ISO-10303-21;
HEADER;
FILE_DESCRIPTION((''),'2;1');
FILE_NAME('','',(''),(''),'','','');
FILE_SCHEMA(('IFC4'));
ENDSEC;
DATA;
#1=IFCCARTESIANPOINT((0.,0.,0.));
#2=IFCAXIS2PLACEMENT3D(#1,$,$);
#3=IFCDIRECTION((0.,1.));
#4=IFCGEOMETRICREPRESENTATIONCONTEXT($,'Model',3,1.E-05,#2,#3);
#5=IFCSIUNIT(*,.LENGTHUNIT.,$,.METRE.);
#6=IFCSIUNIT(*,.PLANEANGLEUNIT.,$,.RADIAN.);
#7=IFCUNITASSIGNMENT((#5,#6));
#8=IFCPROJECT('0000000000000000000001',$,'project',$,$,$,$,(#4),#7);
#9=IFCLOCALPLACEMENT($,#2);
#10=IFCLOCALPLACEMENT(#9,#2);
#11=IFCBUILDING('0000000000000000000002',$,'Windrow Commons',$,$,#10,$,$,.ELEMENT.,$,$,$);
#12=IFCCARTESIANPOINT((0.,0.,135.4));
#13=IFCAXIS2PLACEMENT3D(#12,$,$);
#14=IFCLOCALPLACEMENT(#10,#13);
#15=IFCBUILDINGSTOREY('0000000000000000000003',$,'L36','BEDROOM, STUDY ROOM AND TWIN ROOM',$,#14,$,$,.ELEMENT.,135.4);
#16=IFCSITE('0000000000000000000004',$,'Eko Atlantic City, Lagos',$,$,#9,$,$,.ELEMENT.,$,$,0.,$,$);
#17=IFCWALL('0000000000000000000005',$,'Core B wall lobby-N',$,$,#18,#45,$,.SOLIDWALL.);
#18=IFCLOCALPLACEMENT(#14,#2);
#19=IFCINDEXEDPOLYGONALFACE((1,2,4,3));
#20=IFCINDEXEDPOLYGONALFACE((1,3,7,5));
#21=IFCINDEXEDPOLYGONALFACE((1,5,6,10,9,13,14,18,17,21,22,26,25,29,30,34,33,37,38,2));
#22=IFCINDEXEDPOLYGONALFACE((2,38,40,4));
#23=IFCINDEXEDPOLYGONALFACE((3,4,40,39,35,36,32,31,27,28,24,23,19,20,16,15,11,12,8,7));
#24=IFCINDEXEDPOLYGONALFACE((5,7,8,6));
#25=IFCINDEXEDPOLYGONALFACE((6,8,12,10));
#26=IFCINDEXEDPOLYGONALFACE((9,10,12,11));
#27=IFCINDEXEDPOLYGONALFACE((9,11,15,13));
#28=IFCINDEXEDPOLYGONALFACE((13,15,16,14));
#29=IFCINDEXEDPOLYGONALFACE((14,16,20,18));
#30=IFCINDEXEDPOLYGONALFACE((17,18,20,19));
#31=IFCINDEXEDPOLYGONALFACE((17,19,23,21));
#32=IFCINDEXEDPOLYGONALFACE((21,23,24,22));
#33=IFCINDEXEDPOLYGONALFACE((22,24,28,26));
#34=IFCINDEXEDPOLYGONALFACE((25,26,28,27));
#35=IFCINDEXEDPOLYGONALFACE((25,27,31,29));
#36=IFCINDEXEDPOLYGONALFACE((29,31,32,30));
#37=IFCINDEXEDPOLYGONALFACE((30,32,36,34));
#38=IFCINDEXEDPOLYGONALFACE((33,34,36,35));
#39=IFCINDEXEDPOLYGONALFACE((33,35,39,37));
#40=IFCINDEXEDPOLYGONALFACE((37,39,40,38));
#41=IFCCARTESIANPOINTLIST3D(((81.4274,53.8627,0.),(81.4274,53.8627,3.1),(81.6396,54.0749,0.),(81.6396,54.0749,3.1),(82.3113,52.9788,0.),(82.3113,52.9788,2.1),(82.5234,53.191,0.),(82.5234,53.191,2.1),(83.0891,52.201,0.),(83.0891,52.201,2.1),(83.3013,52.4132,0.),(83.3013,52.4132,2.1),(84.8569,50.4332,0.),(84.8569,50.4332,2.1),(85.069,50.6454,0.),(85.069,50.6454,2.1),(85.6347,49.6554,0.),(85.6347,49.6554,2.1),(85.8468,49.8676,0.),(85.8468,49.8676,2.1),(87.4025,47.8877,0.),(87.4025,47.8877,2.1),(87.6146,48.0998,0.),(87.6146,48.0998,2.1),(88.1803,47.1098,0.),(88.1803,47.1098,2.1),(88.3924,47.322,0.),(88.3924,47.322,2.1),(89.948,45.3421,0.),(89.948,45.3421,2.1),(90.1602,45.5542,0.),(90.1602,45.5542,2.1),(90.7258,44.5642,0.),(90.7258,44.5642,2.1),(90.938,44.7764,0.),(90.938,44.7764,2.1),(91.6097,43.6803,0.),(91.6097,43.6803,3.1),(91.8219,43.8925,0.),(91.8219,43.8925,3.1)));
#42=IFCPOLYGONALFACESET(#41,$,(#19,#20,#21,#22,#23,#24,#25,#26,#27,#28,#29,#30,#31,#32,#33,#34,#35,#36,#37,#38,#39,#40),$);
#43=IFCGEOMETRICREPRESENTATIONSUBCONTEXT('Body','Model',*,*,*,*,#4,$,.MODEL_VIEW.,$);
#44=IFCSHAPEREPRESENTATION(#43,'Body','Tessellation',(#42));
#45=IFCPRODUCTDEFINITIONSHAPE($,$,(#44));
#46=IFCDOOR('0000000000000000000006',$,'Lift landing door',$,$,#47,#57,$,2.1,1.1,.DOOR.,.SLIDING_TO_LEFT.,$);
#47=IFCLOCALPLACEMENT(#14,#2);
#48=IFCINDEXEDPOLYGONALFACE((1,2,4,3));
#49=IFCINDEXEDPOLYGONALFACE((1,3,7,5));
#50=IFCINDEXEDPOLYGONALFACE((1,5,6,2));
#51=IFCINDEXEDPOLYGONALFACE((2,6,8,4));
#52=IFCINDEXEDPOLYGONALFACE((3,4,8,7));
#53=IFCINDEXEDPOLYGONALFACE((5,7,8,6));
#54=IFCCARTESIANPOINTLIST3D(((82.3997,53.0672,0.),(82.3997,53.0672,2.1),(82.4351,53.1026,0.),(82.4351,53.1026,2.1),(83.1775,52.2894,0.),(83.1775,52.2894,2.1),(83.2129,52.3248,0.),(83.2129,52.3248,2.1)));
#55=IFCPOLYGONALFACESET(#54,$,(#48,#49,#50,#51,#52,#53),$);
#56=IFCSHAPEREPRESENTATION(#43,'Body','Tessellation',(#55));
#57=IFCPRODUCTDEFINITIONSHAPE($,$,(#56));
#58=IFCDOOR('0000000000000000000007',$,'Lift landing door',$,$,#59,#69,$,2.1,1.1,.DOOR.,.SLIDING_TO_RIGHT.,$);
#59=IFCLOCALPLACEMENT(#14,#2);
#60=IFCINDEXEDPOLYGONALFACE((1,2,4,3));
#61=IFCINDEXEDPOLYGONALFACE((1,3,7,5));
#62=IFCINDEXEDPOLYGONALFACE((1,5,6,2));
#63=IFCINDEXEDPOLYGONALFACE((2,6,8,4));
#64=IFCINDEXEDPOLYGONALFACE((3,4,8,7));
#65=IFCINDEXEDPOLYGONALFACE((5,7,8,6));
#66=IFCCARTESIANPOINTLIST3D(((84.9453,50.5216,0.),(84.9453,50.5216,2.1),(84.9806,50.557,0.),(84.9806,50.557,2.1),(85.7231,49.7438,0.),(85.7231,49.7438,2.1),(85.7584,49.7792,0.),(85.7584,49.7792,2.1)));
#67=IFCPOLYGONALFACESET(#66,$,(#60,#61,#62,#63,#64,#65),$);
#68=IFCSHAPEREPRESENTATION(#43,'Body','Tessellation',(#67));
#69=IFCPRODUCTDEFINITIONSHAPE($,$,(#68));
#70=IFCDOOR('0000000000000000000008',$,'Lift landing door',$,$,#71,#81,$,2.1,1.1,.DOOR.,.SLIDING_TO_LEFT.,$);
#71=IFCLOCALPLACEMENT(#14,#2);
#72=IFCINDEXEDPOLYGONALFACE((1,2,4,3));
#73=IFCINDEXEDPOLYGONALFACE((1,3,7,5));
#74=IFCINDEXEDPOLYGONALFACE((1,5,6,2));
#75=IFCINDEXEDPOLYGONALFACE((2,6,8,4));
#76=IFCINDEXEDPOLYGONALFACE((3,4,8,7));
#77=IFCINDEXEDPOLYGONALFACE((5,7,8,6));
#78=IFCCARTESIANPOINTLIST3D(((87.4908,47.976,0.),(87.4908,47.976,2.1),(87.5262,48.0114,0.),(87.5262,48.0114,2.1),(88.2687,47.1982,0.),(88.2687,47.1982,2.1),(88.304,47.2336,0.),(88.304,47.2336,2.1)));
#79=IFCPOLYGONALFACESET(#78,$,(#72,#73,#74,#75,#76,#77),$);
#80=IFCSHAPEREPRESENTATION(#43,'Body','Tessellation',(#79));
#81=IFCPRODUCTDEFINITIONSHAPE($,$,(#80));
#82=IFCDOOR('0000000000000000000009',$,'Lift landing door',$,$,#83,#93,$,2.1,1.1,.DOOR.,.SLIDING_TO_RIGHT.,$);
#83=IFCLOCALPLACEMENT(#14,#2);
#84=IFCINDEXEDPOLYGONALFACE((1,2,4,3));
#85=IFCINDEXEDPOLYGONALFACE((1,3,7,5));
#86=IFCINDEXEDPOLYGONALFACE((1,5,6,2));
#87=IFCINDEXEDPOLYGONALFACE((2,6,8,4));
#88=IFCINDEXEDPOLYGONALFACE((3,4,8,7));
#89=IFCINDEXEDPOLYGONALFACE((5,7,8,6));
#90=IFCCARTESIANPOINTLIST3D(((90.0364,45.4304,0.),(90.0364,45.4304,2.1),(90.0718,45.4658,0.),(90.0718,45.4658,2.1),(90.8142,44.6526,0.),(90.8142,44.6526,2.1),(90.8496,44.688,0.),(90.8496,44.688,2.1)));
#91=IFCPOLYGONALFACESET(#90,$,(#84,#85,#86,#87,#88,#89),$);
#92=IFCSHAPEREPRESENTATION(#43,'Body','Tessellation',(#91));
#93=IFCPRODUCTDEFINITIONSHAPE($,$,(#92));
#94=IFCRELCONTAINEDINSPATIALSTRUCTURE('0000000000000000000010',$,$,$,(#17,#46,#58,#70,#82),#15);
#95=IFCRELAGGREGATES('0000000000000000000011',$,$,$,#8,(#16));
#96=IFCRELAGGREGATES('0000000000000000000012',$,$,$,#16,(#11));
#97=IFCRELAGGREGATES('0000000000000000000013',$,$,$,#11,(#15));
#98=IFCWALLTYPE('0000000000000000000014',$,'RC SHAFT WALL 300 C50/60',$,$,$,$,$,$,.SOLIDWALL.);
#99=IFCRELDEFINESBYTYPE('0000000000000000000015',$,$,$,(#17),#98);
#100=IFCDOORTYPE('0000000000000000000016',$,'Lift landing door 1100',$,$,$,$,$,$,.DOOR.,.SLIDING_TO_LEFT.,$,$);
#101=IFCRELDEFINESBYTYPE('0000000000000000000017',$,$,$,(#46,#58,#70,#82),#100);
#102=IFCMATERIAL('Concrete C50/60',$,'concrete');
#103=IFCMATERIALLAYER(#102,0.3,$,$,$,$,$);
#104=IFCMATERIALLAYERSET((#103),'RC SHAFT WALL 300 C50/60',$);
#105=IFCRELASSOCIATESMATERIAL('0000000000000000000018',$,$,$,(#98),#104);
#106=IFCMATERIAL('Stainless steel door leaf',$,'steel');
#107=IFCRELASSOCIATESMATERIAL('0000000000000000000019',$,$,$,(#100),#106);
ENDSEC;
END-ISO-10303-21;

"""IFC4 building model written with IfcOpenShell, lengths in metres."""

from ifc_helpers import new_model, si_unit, direction, frame, frame_2d, origin, place, context, subcontext, project, spatial, rectangle, extrude, material, layer, layer_set, type_object, element, fill, save


model = new_model("IFC4")

# Units and contexts
model_context = context("Model", 3, precision=1e-05, world=origin(), true_north=direction((0.0, 1.0)))
body_context = subcontext(model_context, "Body", "Model", "MODEL_VIEW")
ifc_project = project(units=[si_unit("LENGTHUNIT", "METRE"), si_unit("PLANEANGLEUNIT", "RADIAN")], contexts=[model_context])

# Site, building, storey
site_placement = place(None, origin())
site = spatial("IfcSite", under=ifc_project, at=site_placement, Name="Eko Atlantic City, Lagos", CompositionType="ELEMENT", RefElevation=0.0)
building_placement = place(site_placement, origin())
building = spatial("IfcBuilding", under=site, at=building_placement, Name="Windrow Commons", CompositionType="ELEMENT")
storey_placement = place(building_placement, frame((0.0, 0.0, 135.4)))
storey = spatial("IfcBuildingStorey", under=building, at=storey_placement, Name="L36", Description="BEDROOM, STUDY ROOM AND TWIN ROOM", CompositionType="ELEMENT", Elevation=135.4)

# Shared definitions
ifc_material_1 = material(Name="Concrete C50/60", Category="concrete")
ifc_layer_1 = layer(ifc_material_1, 0.3)
ifc_layer_set_1 = layer_set([ifc_layer_1], Name="RC SHAFT WALL 300 C50/60")
wall_type_1 = type_object("IfcWallType", Name="RC SHAFT WALL 300 C50/60", PredefinedType="SOLIDWALL", material=ifc_layer_set_1)
ifc_material_2 = material(Name="Stainless steel door leaf", Category="steel")
door_type_1 = type_object("IfcDoorType", Name="Lift landing door 1100", OperationType="SLIDING_TO_LEFT", PredefinedType="DOOR", material=ifc_material_2)

# Wall, openings, doors
wall_1_placement = place(storey_placement, frame((81.5335, 53.9688, 0.0), z_axis=(0.0, 0.0, 1.0), x_axis=(0.707103, -0.70711, 0.0)))
wall_1 = element("IfcWall", 1, at=wall_1_placement, inside=storey, type_object=wall_type_1, Name="Core B wall lobby-N", PredefinedType="SOLIDWALL", context=body_context, shape_type="SweptSolid", body=[
    extrude(rectangle(XDim=14.4, YDim=0.3, at=frame_2d((7.2, 0.0))), origin(), (0.0, 0.0, 1.0), 3.1),
])
opening_1_placement = place(wall_1_placement, frame((1.25, 0.0, 0.0)))
opening_1 = element("IfcOpeningElement", 2, at=opening_1_placement, cuts=wall_1, PredefinedType="OPENING", context=body_context, shape_type="SweptSolid", body=[
    extrude(rectangle(XDim=1.1, YDim=2.1, at=frame_2d((0.55, 1.05))), frame((0.0, 0.16, 0.0), z_axis=(0.0, -1.0, 0.0), x_axis=(1.0, 0.0, 0.0)), (0.0, 0.0, 1.0), 0.32),
])
opening_2_placement = place(wall_1_placement, frame((4.85, 0.0, 0.0)))
opening_2 = element("IfcOpeningElement", 3, at=opening_2_placement, cuts=wall_1, PredefinedType="OPENING", context=body_context, shape_type="SweptSolid", body=[
    extrude(rectangle(XDim=1.1, YDim=2.1, at=frame_2d((0.55, 1.05))), frame((0.0, 0.16, 0.0), z_axis=(0.0, -1.0, 0.0), x_axis=(1.0, 0.0, 0.0)), (0.0, 0.0, 1.0), 0.32),
])
opening_3_placement = place(wall_1_placement, frame((8.45, 0.0, 0.0)))
opening_3 = element("IfcOpeningElement", 4, at=opening_3_placement, cuts=wall_1, PredefinedType="OPENING", context=body_context, shape_type="SweptSolid", body=[
    extrude(rectangle(XDim=1.1, YDim=2.1, at=frame_2d((0.55, 1.05))), frame((0.0, 0.16, 0.0), z_axis=(0.0, -1.0, 0.0), x_axis=(1.0, 0.0, 0.0)), (0.0, 0.0, 1.0), 0.32),
])
opening_4_placement = place(wall_1_placement, frame((12.05, 0.0, 0.0)))
opening_4 = element("IfcOpeningElement", 5, at=opening_4_placement, cuts=wall_1, PredefinedType="OPENING", context=body_context, shape_type="SweptSolid", body=[
    extrude(rectangle(XDim=1.1, YDim=2.1, at=frame_2d((0.55, 1.05))), frame((0.0, 0.16, 0.0), z_axis=(0.0, -1.0, 0.0), x_axis=(1.0, 0.0, 0.0)), (0.0, 0.0, 1.0), 0.32),
])
door_1_placement = place(opening_1_placement, origin())
door_1 = element("IfcDoor", 6, at=door_1_placement, inside=storey, type_object=door_type_1, Name="Lift landing door", OperationType="SLIDING_TO_LEFT", OverallHeight=2.1, OverallWidth=1.1, PredefinedType="DOOR", context=body_context, shape_type="SweptSolid", body=[
    extrude(rectangle(XDim=1.1, YDim=2.1, at=frame_2d((0.55, 1.05))), frame((0.0, 0.025, 0.0), z_axis=(0.0, -1.0, 0.0), x_axis=(1.0, 0.0, 0.0)), (0.0, 0.0, 1.0), 0.05),
])
fill(opening_1, door_1)
door_2_placement = place(opening_2_placement, origin())
door_2 = element("IfcDoor", 7, at=door_2_placement, inside=storey, type_object=door_type_1, Name="Lift landing door", OperationType="SLIDING_TO_RIGHT", OverallHeight=2.1, OverallWidth=1.1, PredefinedType="DOOR", context=body_context, shape_type="SweptSolid", body=[
    extrude(rectangle(XDim=1.1, YDim=2.1, at=frame_2d((0.55, 1.05))), frame((0.0, 0.025, 0.0), z_axis=(0.0, -1.0, 0.0), x_axis=(1.0, 0.0, 0.0)), (0.0, 0.0, 1.0), 0.05),
])
fill(opening_2, door_2)
door_3_placement = place(opening_3_placement, origin())
door_3 = element("IfcDoor", 8, at=door_3_placement, inside=storey, type_object=door_type_1, Name="Lift landing door", OperationType="SLIDING_TO_LEFT", OverallHeight=2.1, OverallWidth=1.1, PredefinedType="DOOR", context=body_context, shape_type="SweptSolid", body=[
    extrude(rectangle(XDim=1.1, YDim=2.1, at=frame_2d((0.55, 1.05))), frame((0.0, 0.025, 0.0), z_axis=(0.0, -1.0, 0.0), x_axis=(1.0, 0.0, 0.0)), (0.0, 0.0, 1.0), 0.05),
])
fill(opening_3, door_3)
door_4_placement = place(opening_4_placement, origin())
door_4 = element("IfcDoor", 9, at=door_4_placement, inside=storey, type_object=door_type_1, Name="Lift landing door", OperationType="SLIDING_TO_RIGHT", OverallHeight=2.1, OverallWidth=1.1, PredefinedType="DOOR", context=body_context, shape_type="SweptSolid", body=[
    extrude(rectangle(XDim=1.1, YDim=2.1, at=frame_2d((0.55, 1.05))), frame((0.0, 0.025, 0.0), z_axis=(0.0, -1.0, 0.0), x_axis=(1.0, 0.0, 0.0)), (0.0, 0.0, 1.0), 0.05),
])
fill(opening_4, door_4)

save(model, "model.ifc")
